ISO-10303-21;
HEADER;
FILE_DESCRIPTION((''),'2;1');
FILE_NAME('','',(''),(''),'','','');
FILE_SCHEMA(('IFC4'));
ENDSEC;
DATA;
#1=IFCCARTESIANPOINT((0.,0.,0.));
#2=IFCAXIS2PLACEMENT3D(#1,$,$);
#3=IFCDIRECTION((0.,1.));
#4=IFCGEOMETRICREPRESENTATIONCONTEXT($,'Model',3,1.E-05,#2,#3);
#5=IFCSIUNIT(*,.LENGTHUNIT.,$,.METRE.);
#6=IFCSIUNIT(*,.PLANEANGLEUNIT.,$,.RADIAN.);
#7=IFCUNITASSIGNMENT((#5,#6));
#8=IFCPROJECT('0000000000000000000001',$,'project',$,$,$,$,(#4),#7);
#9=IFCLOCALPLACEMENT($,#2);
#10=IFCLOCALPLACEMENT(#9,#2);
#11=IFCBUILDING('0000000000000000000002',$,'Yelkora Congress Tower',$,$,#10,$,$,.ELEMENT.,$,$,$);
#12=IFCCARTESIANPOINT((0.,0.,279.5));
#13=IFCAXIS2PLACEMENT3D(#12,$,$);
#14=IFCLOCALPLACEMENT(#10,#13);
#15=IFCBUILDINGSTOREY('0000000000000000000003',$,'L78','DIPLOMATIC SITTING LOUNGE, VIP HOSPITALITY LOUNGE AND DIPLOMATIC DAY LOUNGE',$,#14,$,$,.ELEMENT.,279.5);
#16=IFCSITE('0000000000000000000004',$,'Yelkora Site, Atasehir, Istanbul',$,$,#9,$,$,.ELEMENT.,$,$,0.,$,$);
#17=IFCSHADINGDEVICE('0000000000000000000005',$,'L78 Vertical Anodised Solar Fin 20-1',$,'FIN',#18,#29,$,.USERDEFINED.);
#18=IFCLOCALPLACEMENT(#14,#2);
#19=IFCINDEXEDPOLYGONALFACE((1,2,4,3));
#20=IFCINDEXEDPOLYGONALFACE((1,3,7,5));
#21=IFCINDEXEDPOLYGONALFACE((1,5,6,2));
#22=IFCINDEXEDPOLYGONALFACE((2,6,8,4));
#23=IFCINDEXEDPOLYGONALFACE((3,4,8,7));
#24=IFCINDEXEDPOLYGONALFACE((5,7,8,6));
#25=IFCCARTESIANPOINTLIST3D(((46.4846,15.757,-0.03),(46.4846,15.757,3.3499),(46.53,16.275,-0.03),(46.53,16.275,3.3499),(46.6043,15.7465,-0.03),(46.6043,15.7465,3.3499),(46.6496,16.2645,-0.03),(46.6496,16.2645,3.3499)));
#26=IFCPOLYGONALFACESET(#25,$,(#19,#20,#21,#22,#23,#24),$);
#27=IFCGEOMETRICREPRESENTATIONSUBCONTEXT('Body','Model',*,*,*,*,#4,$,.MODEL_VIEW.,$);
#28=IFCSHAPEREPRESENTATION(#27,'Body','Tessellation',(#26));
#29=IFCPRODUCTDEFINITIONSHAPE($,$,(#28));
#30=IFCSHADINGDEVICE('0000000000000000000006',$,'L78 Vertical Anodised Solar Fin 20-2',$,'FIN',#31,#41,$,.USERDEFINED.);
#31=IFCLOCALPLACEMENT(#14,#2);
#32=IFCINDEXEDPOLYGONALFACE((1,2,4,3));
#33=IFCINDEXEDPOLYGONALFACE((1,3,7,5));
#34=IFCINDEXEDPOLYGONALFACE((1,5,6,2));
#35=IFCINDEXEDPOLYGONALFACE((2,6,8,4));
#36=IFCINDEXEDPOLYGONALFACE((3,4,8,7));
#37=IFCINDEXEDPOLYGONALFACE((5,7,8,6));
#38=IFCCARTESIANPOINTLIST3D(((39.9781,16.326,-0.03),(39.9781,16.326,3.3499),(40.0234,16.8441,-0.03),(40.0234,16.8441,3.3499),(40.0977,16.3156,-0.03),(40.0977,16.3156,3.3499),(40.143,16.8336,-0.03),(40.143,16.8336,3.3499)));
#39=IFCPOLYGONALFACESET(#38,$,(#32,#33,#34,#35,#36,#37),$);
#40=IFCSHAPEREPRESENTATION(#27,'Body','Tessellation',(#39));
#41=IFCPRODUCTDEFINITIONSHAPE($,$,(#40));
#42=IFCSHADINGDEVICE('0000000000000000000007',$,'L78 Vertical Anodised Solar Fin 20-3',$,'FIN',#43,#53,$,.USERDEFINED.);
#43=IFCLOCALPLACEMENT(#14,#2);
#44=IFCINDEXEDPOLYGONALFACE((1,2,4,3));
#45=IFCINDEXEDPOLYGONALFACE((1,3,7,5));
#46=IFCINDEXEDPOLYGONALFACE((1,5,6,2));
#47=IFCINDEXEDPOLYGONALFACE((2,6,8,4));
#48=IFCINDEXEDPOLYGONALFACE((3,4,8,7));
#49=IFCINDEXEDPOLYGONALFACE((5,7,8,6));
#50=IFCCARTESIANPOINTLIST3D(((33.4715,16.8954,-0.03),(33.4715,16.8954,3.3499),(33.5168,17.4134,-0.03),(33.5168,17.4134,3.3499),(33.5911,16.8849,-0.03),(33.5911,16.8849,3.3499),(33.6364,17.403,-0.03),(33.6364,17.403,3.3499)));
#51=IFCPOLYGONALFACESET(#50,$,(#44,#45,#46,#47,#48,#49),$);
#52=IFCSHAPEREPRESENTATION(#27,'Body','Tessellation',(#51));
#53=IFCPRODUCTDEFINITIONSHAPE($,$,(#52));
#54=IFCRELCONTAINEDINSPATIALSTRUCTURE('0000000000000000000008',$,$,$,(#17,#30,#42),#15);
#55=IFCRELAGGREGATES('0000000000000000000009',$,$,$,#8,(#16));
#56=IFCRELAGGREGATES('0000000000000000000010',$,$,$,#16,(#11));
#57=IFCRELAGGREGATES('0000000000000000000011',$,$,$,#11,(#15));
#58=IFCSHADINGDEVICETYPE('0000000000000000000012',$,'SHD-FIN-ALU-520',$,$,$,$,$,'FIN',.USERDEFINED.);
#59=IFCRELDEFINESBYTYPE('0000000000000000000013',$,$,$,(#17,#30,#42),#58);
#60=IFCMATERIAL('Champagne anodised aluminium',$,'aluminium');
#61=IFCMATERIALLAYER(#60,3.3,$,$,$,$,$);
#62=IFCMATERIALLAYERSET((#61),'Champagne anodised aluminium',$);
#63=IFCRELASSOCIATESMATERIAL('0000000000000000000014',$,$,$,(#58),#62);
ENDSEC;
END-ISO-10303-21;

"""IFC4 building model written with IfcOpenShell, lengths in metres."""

from ifc_helpers import new_model, si_unit, direction, frame, origin, origin_2d, place, context, subcontext, project, spatial, rectangle, extrude, material, layer, layer_set, type_object, element, save


model = new_model("IFC4")

# Units and contexts
model_context = context("Model", 3, precision=1e-05, world=origin(), true_north=direction((0.0, 1.0)))
body_context = subcontext(model_context, "Body", "Model", "MODEL_VIEW")
ifc_project = project(units=[si_unit("LENGTHUNIT", "METRE"), si_unit("PLANEANGLEUNIT", "RADIAN")], contexts=[model_context])

# Site, building, storey
site_placement = place(None, origin())
site = spatial("IfcSite", under=ifc_project, at=site_placement, Name="Yelkora Site, Atasehir, Istanbul", CompositionType="ELEMENT", RefElevation=0.0)
building_placement = place(site_placement, origin())
building = spatial("IfcBuilding", under=site, at=building_placement, Name="Yelkora Congress Tower", CompositionType="ELEMENT")
storey_placement = place(building_placement, frame((0.0, 0.0, 279.5)))
storey = spatial("IfcBuildingStorey", under=building, at=storey_placement, Name="L78", Description="DIPLOMATIC SITTING LOUNGE, VIP HOSPITALITY LOUNGE AND DIPLOMATIC DAY LOUNGE", CompositionType="ELEMENT", Elevation=279.5)

# Shading devices
ifc_material_1 = material(Name="Champagne anodised aluminium", Category="aluminium")
ifc_layer_1 = layer(ifc_material_1, 3.3)
ifc_layer_set_1 = layer_set([ifc_layer_1], Name="Champagne anodised aluminium")
shading_device_type = type_object("IfcShadingDeviceType", Name="SHD-FIN-ALU-520", ElementType="FIN", PredefinedType="USERDEFINED", material=ifc_layer_set_1)
for number, where, z_axis, x_axis, name in (
    (1, (46.5671, 16.0107, -0.03), (0.0, 0.0, 1.0), (-0.996195, 0.087156, 0.0), "L78 Vertical Anodised Solar Fin 20-1"),
    (2, (40.0605, 16.5798, -0.03), (0.0, 0.0, 1.0), (-0.996195, 0.087156, 0.0), "L78 Vertical Anodised Solar Fin 20-2"),
    (3, (33.554, 17.1492, -0.03), (0.0, 0.0, 1.0), (-0.996195, 0.087156, 0.0), "L78 Vertical Anodised Solar Fin 20-3"),
):
    element("IfcShadingDevice", number, at=place(storey_placement, frame(where, z_axis=z_axis, x_axis=x_axis)), inside=storey, type_object=shading_device_type, Name=name, ObjectType="FIN", PredefinedType="USERDEFINED", context=body_context, shape_type="SweptSolid", body=[
        extrude(rectangle(XDim=0.1201, YDim=0.52, at=origin_2d()), origin(), (0.0, 0.0, 1.0), 3.3799),
    ])

save(model, "model.ifc")
